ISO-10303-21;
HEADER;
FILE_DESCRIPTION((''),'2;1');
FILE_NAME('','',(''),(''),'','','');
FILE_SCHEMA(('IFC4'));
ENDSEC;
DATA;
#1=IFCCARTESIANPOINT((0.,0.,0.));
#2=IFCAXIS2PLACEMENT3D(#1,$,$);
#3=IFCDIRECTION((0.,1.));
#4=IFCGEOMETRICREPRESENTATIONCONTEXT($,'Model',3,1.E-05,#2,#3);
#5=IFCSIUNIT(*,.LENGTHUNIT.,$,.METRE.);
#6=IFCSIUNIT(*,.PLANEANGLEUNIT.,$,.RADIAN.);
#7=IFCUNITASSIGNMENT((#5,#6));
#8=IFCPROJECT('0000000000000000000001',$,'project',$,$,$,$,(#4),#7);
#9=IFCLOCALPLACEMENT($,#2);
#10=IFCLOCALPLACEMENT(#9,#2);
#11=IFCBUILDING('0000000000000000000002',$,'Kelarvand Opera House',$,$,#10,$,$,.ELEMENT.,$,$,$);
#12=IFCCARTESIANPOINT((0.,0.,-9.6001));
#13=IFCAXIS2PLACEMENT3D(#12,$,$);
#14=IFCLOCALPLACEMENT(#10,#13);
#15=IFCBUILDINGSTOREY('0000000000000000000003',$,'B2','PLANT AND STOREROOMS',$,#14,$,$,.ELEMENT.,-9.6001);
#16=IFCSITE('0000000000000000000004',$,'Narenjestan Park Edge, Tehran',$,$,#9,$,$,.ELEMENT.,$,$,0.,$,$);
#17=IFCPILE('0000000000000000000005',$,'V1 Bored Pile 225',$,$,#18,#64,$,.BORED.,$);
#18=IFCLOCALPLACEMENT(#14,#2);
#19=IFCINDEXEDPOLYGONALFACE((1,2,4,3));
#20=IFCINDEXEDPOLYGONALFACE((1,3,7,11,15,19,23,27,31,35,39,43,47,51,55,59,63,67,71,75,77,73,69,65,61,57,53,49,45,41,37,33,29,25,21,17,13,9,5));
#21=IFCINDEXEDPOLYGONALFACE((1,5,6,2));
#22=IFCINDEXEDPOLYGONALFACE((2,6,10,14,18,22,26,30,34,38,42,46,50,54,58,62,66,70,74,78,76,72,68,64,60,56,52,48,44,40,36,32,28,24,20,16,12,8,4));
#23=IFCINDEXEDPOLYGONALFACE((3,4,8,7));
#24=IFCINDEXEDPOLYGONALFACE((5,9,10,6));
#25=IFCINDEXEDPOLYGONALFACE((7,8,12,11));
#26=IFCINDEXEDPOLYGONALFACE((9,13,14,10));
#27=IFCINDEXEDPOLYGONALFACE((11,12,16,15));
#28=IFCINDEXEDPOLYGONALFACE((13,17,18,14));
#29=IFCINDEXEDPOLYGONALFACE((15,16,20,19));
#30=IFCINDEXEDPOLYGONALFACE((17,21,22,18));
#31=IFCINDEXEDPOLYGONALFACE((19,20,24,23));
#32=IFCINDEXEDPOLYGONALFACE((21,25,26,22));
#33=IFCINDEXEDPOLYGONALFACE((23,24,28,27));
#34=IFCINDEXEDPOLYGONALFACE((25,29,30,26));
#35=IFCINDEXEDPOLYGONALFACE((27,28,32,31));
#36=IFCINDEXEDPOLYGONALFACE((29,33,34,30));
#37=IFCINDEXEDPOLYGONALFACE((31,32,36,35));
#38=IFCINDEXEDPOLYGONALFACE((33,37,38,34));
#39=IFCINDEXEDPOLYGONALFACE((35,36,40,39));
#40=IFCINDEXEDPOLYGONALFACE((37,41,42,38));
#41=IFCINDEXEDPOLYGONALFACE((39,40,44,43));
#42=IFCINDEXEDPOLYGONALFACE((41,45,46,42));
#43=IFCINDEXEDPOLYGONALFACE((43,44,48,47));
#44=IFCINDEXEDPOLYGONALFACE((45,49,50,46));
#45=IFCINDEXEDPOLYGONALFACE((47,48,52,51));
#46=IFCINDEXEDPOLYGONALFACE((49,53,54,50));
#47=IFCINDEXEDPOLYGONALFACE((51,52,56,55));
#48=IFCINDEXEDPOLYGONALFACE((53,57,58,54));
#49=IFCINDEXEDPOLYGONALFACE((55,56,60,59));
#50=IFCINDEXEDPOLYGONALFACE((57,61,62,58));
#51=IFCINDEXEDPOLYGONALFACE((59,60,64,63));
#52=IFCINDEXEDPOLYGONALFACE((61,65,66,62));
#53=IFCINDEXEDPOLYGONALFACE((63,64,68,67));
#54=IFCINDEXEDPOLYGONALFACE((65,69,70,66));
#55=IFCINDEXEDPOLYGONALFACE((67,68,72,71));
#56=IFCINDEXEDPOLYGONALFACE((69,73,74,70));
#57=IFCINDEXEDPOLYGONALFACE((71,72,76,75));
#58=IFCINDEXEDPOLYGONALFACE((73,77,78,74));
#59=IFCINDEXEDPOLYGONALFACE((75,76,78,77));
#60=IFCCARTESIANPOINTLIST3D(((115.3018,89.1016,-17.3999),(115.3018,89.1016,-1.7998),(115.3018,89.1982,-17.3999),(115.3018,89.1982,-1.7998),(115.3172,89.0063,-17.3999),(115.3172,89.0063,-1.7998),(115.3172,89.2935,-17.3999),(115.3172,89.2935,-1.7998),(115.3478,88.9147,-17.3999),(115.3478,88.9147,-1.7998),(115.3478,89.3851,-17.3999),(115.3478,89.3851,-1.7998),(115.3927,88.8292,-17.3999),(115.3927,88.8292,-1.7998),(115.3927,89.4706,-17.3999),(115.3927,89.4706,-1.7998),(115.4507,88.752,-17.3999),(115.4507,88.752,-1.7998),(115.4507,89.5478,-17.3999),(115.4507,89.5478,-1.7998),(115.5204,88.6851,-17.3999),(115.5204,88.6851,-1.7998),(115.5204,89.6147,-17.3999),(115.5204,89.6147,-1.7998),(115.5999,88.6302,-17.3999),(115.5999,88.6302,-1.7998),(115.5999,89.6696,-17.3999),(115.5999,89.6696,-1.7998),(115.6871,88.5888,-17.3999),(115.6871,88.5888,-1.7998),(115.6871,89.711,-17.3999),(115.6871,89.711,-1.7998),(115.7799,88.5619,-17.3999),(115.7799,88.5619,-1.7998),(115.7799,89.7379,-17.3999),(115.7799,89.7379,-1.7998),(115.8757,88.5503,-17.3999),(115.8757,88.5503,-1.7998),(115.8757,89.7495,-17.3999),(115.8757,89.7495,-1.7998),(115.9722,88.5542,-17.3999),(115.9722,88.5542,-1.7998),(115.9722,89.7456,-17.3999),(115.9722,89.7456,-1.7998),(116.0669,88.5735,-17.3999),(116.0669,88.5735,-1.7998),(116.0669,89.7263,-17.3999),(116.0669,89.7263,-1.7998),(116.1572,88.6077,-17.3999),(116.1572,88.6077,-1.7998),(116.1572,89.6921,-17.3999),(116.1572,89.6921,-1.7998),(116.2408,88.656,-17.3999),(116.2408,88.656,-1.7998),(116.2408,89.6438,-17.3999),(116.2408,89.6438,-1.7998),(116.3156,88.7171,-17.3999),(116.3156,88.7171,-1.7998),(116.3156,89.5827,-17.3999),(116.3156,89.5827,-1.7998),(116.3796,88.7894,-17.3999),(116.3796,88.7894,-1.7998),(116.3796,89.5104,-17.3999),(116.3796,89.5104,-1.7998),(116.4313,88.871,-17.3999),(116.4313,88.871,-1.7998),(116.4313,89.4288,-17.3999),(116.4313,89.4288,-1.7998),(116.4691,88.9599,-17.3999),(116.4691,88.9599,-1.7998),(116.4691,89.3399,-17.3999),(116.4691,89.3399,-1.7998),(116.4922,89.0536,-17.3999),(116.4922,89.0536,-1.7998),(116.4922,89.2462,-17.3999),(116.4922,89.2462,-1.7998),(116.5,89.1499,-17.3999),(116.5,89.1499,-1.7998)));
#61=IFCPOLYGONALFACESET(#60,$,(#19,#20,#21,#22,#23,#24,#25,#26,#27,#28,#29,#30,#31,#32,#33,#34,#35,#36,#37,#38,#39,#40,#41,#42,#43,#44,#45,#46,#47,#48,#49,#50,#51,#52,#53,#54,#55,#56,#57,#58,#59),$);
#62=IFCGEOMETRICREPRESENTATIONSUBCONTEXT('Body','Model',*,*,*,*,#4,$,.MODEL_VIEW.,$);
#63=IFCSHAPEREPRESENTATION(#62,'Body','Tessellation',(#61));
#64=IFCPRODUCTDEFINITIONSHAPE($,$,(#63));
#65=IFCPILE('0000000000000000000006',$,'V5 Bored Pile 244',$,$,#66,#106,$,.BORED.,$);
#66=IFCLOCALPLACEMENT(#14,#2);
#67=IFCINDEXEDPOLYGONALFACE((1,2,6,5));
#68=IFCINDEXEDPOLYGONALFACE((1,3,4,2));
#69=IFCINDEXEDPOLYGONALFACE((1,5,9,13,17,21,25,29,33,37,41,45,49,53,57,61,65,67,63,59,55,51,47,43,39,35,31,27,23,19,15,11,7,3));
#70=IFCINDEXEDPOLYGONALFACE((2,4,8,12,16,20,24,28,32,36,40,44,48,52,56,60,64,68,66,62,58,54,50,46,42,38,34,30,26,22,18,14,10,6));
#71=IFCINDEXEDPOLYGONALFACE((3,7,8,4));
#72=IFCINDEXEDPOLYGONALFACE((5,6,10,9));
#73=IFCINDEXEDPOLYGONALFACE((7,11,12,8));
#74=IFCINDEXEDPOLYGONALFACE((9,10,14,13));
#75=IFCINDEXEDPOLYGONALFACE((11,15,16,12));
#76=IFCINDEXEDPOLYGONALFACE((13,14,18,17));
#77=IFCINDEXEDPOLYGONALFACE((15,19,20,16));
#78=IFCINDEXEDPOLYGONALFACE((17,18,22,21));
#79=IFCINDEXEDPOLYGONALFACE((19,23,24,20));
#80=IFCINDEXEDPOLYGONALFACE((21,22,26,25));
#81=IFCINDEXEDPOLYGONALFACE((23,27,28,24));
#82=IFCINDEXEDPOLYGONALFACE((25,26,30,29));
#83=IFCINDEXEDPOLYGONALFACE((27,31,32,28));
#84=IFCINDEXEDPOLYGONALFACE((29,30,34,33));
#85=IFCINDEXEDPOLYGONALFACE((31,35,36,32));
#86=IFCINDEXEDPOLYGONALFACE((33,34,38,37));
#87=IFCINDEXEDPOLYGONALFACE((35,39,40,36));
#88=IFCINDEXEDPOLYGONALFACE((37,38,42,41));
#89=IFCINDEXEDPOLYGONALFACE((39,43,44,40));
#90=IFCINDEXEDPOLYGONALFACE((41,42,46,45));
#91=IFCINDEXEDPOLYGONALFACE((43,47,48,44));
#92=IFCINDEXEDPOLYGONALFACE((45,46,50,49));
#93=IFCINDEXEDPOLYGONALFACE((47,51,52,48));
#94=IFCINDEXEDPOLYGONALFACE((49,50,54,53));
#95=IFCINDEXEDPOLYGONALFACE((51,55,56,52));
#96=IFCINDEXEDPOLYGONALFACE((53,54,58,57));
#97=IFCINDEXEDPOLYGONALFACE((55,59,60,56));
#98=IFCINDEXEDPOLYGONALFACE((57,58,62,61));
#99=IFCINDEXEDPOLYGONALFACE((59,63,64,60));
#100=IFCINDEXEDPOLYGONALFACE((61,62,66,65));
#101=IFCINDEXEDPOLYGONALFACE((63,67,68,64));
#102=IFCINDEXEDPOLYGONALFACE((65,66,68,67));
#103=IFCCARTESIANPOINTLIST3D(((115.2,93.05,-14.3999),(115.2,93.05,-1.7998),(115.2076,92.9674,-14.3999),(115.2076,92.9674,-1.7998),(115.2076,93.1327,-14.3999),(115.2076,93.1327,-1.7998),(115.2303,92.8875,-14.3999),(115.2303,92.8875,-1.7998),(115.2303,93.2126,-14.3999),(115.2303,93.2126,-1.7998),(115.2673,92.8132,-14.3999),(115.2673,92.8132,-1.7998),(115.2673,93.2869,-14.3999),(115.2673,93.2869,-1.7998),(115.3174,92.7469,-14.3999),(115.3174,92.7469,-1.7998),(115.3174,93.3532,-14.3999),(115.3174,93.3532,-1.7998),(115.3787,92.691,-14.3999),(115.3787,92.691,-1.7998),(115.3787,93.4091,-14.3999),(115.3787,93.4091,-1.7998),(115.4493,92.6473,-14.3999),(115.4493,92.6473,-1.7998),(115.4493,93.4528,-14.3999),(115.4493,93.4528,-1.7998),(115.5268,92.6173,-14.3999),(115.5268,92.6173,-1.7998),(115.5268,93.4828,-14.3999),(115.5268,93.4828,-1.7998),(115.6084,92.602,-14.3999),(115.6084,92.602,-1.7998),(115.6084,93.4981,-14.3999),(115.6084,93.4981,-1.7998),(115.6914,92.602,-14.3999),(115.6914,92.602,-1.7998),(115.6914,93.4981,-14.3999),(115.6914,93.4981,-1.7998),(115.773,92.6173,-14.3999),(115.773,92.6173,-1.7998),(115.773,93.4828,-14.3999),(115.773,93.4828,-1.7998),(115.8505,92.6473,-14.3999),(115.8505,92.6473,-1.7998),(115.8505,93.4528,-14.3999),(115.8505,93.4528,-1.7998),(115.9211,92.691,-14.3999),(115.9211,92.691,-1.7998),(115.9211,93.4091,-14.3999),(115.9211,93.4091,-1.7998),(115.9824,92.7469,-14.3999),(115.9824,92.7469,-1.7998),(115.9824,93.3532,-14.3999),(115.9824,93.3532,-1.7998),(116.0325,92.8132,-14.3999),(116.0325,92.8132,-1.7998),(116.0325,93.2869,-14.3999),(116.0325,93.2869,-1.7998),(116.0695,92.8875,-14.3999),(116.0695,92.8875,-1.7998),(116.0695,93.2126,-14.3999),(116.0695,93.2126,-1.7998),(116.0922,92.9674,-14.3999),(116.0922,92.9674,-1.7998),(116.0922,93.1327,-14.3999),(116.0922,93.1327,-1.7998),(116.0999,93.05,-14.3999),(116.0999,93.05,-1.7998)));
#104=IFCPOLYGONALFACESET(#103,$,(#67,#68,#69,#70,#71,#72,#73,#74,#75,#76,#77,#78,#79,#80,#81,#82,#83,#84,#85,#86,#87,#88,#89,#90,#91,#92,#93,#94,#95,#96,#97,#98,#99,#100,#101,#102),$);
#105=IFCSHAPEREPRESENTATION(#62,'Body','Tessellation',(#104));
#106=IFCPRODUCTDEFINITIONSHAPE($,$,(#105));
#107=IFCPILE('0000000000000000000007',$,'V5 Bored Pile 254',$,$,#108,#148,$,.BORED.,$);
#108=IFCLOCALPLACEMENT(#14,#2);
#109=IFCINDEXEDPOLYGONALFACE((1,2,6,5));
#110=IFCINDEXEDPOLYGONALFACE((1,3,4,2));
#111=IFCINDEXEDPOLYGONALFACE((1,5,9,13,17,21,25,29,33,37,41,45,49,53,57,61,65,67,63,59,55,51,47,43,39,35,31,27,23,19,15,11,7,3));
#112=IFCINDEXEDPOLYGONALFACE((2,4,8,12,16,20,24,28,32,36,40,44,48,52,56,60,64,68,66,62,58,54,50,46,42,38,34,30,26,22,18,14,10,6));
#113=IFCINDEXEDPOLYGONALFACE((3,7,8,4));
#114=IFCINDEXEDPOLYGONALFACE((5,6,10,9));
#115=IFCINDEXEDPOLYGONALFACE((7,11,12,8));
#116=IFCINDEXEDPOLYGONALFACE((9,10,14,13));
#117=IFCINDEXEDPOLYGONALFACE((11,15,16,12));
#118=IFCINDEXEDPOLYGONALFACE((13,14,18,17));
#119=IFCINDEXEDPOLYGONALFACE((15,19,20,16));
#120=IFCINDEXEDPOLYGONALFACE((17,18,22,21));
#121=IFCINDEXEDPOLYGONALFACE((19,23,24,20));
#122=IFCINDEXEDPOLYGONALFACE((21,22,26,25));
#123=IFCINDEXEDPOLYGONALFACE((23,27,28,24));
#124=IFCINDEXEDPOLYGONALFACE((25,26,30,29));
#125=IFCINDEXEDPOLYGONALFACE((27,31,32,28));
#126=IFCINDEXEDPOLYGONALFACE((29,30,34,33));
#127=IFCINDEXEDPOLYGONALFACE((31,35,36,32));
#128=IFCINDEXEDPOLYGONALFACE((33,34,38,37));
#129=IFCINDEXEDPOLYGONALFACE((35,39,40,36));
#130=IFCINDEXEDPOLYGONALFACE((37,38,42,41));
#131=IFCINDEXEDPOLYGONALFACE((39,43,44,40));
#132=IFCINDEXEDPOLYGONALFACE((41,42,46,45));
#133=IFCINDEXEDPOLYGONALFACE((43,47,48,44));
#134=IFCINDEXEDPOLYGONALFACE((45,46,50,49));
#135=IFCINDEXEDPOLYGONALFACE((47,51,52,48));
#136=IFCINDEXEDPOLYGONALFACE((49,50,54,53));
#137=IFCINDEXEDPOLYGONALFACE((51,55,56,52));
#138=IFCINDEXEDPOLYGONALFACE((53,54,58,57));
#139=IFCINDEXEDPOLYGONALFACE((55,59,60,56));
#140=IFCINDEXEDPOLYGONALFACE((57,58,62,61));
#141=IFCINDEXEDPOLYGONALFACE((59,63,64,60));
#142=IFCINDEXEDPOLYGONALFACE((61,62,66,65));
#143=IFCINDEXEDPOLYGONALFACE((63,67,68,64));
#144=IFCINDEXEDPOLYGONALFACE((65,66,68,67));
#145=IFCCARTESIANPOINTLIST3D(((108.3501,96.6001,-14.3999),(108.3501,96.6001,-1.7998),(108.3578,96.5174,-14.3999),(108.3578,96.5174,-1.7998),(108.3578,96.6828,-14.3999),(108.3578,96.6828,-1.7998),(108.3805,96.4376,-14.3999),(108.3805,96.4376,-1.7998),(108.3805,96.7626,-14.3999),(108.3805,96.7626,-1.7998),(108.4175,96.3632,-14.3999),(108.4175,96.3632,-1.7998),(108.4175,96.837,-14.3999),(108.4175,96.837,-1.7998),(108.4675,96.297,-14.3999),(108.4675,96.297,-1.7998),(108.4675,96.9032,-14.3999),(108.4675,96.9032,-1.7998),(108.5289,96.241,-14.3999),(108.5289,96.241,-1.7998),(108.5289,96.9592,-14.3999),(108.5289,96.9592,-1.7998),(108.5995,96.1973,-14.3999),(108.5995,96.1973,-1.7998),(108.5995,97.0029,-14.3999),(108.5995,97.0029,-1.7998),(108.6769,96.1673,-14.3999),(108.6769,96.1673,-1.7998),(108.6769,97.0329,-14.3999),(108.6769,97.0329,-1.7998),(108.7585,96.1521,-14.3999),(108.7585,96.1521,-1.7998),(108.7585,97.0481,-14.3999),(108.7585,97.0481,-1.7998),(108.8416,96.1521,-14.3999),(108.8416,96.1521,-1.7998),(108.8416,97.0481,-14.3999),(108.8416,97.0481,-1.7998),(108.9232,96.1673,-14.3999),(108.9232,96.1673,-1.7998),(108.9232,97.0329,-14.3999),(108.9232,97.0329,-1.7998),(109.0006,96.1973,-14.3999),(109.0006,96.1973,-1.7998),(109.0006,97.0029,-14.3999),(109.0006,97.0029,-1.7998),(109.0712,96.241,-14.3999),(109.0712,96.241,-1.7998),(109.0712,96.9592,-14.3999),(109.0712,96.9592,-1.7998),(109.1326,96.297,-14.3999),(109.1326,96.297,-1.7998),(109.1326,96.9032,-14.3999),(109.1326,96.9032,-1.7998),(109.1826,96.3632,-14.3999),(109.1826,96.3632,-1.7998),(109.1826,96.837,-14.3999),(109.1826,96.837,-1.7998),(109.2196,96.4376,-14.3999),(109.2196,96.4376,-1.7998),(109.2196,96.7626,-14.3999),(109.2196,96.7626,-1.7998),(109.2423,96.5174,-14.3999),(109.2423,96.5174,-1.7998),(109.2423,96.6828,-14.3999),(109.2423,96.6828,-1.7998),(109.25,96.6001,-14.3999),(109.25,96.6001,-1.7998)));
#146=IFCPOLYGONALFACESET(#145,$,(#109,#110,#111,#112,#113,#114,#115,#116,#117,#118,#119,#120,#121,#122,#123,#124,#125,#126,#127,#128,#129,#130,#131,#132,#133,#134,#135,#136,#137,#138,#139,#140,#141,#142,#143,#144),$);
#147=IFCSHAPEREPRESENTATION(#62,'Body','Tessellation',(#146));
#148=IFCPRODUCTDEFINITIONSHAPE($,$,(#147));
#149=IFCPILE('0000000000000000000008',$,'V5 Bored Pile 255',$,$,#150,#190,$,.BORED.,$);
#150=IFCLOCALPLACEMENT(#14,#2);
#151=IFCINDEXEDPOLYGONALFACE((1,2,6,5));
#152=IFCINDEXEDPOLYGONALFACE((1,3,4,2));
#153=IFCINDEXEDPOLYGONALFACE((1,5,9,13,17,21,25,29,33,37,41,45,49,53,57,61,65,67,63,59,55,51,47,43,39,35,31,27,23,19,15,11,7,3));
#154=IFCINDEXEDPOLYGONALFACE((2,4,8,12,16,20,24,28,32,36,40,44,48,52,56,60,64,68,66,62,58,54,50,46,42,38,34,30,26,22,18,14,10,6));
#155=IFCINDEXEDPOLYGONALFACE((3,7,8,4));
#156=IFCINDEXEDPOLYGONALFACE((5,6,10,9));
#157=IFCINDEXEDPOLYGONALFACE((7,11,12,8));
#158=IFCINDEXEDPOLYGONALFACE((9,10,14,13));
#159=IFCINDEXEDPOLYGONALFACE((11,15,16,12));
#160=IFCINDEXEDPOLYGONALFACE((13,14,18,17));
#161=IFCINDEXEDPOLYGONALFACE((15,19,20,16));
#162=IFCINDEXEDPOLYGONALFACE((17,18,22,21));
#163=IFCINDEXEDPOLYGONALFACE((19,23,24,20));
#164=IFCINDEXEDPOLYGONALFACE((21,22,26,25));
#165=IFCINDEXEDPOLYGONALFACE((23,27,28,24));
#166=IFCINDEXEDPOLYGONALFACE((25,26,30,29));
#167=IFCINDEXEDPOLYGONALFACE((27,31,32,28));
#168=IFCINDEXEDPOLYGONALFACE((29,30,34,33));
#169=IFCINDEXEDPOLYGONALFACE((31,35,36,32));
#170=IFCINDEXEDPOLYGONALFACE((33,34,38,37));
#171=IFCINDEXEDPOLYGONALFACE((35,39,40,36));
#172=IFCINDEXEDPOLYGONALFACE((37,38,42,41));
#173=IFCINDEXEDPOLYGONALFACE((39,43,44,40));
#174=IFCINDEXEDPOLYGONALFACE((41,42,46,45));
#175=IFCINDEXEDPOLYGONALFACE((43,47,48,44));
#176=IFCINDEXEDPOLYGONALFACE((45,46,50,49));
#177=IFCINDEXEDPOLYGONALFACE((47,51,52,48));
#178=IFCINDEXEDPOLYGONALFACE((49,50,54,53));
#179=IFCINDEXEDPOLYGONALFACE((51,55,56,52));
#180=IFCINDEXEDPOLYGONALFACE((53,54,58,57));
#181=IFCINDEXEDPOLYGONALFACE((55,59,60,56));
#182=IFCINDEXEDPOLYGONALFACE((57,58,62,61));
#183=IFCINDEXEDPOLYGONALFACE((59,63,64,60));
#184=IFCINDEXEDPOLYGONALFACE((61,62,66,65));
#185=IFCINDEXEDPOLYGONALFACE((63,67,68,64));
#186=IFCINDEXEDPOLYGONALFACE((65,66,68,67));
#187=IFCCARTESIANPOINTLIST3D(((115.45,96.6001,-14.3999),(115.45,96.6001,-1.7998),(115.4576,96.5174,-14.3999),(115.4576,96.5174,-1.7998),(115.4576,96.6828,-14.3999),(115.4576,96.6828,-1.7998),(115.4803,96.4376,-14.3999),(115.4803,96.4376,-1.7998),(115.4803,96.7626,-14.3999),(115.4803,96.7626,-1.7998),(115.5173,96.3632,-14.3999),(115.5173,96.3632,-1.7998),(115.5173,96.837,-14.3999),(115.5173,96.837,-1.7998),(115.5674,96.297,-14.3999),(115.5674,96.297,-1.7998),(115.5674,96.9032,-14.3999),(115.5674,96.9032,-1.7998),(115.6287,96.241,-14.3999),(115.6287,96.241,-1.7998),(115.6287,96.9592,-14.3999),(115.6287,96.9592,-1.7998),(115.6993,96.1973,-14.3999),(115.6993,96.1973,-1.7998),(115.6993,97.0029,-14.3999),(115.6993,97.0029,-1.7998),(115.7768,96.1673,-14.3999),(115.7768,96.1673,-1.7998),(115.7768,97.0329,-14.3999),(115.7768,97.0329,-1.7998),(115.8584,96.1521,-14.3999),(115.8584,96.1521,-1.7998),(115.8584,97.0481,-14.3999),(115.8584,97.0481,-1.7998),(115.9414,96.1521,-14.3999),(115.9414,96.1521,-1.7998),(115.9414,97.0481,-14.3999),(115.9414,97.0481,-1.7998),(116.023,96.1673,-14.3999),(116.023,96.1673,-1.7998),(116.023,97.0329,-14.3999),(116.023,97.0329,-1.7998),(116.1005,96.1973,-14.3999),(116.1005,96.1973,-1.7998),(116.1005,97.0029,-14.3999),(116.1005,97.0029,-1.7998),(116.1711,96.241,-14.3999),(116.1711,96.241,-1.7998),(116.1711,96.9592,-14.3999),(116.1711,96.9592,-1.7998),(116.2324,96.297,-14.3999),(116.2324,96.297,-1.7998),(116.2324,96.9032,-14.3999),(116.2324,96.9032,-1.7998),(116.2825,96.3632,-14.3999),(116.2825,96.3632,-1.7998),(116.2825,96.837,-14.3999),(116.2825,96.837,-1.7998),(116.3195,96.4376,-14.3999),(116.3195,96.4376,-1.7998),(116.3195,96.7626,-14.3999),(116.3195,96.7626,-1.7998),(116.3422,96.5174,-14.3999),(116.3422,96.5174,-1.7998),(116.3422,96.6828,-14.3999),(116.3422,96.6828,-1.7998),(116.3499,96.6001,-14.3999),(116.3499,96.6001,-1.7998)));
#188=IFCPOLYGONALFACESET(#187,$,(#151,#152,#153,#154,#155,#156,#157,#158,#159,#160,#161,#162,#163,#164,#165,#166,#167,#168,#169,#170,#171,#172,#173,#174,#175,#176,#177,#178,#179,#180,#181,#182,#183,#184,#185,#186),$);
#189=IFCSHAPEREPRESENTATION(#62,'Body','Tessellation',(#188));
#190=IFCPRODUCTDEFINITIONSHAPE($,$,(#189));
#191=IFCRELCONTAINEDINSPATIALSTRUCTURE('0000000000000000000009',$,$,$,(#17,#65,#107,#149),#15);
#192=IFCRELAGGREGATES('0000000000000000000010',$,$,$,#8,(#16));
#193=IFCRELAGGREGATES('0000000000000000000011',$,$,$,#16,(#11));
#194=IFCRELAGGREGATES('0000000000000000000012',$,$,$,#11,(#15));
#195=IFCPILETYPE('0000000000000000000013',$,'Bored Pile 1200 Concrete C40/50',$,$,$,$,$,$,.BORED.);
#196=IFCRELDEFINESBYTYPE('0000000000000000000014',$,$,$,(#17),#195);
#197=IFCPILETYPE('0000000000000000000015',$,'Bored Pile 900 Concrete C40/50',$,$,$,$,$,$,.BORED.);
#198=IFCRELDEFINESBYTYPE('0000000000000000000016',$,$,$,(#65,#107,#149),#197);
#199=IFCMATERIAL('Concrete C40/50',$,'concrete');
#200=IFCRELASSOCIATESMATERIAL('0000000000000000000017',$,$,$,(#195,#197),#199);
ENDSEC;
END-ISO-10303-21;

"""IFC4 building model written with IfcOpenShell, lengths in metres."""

from ifc_helpers import new_model, si_unit, direction, frame, origin, origin_2d, place, context, subcontext, project, spatial, circle, extrude, material, material_profile, profile_set, type_object, element, save


model = new_model("IFC4")

# Units and contexts
model_context = context("Model", 3, precision=1e-05, world=origin(), true_north=direction((0.0, 1.0)))
body_context = subcontext(model_context, "Body", "Model", "MODEL_VIEW")
ifc_project = project(units=[si_unit("LENGTHUNIT", "METRE"), si_unit("PLANEANGLEUNIT", "RADIAN")], contexts=[model_context])

# Site, building, storey
site_placement = place(None, origin())
site = spatial("IfcSite", under=ifc_project, at=site_placement, Name="Narenjestan Park Edge, Tehran", CompositionType="ELEMENT", RefElevation=0.0)
building_placement = place(site_placement, origin())
building = spatial("IfcBuilding", under=site, at=building_placement, Name="Kelarvand Opera House", CompositionType="ELEMENT")
storey_placement = place(building_placement, frame((0.0, 0.0, -9.6001)))
storey = spatial("IfcBuildingStorey", under=building, at=storey_placement, Name="B2", Description="PLANT AND STOREROOMS", CompositionType="ELEMENT", Elevation=-9.6001)

# Piles
ifc_material_1 = material(Name="Concrete C40/50", Category="concrete")
ifc_material_profile_1 = material_profile(ifc_material_1, circle(Radius=0.6001, at=origin_2d()), Name="BP 1200", Category="concrete")
ifc_profile_set_1 = profile_set([ifc_material_profile_1], Name="Concrete C40/50")
pile_type_1 = type_object("IfcPileType", Name="Bored Pile 1200 Concrete C40/50", PredefinedType="BORED", material=ifc_profile_set_1)
pile_placement = place(storey_placement, frame((115.8999, 89.1499, -1.7998), z_axis=(0.0, 0.0, -1.0), x_axis=(1.0, 0.0, 0.0)))
element("IfcPile", 1, at=pile_placement, inside=storey, type_object=pile_type_1, Name="V1 Bored Pile 225", PredefinedType="BORED", context=body_context, shape_type="SweptSolid", body=[
    extrude(circle(Radius=0.6001, at=origin_2d()), origin(), (0.0, 0.0, 1.0), 15.6001),
])
ifc_material_profile_2 = material_profile(ifc_material_1, circle(Radius=0.45, at=origin_2d()), Name="BP 900", Category="concrete")
ifc_profile_set_2 = profile_set([ifc_material_profile_2], Name="Concrete C40/50")
pile_type_2 = type_object("IfcPileType", Name="Bored Pile 900 Concrete C40/50", PredefinedType="BORED", material=ifc_profile_set_2)
for number, where, z_axis, x_axis, name in (
    (2, (115.6499, 93.05, -1.7998), (0.0, 0.0, -1.0), (1.0, 0.0, 0.0), "V5 Bored Pile 244"),
    (3, (108.8, 96.6001, -1.7998), (0.0, 0.0, -1.0), (1.0, 0.0, 0.0), "V5 Bored Pile 254"),
    (4, (115.8999, 96.6001, -1.7998), (0.0, 0.0, -1.0), (1.0, 0.0, 0.0), "V5 Bored Pile 255"),
):
    element("IfcPile", number, at=place(storey_placement, frame(where, z_axis=z_axis, x_axis=x_axis)), inside=storey, type_object=pile_type_2, Name=name, PredefinedType="BORED", context=body_context, shape_type="SweptSolid", body=[
        extrude(circle(Radius=0.45, at=origin_2d()), origin(), (0.0, 0.0, 1.0), 12.6001),
    ])

save(model, "model.ifc")
